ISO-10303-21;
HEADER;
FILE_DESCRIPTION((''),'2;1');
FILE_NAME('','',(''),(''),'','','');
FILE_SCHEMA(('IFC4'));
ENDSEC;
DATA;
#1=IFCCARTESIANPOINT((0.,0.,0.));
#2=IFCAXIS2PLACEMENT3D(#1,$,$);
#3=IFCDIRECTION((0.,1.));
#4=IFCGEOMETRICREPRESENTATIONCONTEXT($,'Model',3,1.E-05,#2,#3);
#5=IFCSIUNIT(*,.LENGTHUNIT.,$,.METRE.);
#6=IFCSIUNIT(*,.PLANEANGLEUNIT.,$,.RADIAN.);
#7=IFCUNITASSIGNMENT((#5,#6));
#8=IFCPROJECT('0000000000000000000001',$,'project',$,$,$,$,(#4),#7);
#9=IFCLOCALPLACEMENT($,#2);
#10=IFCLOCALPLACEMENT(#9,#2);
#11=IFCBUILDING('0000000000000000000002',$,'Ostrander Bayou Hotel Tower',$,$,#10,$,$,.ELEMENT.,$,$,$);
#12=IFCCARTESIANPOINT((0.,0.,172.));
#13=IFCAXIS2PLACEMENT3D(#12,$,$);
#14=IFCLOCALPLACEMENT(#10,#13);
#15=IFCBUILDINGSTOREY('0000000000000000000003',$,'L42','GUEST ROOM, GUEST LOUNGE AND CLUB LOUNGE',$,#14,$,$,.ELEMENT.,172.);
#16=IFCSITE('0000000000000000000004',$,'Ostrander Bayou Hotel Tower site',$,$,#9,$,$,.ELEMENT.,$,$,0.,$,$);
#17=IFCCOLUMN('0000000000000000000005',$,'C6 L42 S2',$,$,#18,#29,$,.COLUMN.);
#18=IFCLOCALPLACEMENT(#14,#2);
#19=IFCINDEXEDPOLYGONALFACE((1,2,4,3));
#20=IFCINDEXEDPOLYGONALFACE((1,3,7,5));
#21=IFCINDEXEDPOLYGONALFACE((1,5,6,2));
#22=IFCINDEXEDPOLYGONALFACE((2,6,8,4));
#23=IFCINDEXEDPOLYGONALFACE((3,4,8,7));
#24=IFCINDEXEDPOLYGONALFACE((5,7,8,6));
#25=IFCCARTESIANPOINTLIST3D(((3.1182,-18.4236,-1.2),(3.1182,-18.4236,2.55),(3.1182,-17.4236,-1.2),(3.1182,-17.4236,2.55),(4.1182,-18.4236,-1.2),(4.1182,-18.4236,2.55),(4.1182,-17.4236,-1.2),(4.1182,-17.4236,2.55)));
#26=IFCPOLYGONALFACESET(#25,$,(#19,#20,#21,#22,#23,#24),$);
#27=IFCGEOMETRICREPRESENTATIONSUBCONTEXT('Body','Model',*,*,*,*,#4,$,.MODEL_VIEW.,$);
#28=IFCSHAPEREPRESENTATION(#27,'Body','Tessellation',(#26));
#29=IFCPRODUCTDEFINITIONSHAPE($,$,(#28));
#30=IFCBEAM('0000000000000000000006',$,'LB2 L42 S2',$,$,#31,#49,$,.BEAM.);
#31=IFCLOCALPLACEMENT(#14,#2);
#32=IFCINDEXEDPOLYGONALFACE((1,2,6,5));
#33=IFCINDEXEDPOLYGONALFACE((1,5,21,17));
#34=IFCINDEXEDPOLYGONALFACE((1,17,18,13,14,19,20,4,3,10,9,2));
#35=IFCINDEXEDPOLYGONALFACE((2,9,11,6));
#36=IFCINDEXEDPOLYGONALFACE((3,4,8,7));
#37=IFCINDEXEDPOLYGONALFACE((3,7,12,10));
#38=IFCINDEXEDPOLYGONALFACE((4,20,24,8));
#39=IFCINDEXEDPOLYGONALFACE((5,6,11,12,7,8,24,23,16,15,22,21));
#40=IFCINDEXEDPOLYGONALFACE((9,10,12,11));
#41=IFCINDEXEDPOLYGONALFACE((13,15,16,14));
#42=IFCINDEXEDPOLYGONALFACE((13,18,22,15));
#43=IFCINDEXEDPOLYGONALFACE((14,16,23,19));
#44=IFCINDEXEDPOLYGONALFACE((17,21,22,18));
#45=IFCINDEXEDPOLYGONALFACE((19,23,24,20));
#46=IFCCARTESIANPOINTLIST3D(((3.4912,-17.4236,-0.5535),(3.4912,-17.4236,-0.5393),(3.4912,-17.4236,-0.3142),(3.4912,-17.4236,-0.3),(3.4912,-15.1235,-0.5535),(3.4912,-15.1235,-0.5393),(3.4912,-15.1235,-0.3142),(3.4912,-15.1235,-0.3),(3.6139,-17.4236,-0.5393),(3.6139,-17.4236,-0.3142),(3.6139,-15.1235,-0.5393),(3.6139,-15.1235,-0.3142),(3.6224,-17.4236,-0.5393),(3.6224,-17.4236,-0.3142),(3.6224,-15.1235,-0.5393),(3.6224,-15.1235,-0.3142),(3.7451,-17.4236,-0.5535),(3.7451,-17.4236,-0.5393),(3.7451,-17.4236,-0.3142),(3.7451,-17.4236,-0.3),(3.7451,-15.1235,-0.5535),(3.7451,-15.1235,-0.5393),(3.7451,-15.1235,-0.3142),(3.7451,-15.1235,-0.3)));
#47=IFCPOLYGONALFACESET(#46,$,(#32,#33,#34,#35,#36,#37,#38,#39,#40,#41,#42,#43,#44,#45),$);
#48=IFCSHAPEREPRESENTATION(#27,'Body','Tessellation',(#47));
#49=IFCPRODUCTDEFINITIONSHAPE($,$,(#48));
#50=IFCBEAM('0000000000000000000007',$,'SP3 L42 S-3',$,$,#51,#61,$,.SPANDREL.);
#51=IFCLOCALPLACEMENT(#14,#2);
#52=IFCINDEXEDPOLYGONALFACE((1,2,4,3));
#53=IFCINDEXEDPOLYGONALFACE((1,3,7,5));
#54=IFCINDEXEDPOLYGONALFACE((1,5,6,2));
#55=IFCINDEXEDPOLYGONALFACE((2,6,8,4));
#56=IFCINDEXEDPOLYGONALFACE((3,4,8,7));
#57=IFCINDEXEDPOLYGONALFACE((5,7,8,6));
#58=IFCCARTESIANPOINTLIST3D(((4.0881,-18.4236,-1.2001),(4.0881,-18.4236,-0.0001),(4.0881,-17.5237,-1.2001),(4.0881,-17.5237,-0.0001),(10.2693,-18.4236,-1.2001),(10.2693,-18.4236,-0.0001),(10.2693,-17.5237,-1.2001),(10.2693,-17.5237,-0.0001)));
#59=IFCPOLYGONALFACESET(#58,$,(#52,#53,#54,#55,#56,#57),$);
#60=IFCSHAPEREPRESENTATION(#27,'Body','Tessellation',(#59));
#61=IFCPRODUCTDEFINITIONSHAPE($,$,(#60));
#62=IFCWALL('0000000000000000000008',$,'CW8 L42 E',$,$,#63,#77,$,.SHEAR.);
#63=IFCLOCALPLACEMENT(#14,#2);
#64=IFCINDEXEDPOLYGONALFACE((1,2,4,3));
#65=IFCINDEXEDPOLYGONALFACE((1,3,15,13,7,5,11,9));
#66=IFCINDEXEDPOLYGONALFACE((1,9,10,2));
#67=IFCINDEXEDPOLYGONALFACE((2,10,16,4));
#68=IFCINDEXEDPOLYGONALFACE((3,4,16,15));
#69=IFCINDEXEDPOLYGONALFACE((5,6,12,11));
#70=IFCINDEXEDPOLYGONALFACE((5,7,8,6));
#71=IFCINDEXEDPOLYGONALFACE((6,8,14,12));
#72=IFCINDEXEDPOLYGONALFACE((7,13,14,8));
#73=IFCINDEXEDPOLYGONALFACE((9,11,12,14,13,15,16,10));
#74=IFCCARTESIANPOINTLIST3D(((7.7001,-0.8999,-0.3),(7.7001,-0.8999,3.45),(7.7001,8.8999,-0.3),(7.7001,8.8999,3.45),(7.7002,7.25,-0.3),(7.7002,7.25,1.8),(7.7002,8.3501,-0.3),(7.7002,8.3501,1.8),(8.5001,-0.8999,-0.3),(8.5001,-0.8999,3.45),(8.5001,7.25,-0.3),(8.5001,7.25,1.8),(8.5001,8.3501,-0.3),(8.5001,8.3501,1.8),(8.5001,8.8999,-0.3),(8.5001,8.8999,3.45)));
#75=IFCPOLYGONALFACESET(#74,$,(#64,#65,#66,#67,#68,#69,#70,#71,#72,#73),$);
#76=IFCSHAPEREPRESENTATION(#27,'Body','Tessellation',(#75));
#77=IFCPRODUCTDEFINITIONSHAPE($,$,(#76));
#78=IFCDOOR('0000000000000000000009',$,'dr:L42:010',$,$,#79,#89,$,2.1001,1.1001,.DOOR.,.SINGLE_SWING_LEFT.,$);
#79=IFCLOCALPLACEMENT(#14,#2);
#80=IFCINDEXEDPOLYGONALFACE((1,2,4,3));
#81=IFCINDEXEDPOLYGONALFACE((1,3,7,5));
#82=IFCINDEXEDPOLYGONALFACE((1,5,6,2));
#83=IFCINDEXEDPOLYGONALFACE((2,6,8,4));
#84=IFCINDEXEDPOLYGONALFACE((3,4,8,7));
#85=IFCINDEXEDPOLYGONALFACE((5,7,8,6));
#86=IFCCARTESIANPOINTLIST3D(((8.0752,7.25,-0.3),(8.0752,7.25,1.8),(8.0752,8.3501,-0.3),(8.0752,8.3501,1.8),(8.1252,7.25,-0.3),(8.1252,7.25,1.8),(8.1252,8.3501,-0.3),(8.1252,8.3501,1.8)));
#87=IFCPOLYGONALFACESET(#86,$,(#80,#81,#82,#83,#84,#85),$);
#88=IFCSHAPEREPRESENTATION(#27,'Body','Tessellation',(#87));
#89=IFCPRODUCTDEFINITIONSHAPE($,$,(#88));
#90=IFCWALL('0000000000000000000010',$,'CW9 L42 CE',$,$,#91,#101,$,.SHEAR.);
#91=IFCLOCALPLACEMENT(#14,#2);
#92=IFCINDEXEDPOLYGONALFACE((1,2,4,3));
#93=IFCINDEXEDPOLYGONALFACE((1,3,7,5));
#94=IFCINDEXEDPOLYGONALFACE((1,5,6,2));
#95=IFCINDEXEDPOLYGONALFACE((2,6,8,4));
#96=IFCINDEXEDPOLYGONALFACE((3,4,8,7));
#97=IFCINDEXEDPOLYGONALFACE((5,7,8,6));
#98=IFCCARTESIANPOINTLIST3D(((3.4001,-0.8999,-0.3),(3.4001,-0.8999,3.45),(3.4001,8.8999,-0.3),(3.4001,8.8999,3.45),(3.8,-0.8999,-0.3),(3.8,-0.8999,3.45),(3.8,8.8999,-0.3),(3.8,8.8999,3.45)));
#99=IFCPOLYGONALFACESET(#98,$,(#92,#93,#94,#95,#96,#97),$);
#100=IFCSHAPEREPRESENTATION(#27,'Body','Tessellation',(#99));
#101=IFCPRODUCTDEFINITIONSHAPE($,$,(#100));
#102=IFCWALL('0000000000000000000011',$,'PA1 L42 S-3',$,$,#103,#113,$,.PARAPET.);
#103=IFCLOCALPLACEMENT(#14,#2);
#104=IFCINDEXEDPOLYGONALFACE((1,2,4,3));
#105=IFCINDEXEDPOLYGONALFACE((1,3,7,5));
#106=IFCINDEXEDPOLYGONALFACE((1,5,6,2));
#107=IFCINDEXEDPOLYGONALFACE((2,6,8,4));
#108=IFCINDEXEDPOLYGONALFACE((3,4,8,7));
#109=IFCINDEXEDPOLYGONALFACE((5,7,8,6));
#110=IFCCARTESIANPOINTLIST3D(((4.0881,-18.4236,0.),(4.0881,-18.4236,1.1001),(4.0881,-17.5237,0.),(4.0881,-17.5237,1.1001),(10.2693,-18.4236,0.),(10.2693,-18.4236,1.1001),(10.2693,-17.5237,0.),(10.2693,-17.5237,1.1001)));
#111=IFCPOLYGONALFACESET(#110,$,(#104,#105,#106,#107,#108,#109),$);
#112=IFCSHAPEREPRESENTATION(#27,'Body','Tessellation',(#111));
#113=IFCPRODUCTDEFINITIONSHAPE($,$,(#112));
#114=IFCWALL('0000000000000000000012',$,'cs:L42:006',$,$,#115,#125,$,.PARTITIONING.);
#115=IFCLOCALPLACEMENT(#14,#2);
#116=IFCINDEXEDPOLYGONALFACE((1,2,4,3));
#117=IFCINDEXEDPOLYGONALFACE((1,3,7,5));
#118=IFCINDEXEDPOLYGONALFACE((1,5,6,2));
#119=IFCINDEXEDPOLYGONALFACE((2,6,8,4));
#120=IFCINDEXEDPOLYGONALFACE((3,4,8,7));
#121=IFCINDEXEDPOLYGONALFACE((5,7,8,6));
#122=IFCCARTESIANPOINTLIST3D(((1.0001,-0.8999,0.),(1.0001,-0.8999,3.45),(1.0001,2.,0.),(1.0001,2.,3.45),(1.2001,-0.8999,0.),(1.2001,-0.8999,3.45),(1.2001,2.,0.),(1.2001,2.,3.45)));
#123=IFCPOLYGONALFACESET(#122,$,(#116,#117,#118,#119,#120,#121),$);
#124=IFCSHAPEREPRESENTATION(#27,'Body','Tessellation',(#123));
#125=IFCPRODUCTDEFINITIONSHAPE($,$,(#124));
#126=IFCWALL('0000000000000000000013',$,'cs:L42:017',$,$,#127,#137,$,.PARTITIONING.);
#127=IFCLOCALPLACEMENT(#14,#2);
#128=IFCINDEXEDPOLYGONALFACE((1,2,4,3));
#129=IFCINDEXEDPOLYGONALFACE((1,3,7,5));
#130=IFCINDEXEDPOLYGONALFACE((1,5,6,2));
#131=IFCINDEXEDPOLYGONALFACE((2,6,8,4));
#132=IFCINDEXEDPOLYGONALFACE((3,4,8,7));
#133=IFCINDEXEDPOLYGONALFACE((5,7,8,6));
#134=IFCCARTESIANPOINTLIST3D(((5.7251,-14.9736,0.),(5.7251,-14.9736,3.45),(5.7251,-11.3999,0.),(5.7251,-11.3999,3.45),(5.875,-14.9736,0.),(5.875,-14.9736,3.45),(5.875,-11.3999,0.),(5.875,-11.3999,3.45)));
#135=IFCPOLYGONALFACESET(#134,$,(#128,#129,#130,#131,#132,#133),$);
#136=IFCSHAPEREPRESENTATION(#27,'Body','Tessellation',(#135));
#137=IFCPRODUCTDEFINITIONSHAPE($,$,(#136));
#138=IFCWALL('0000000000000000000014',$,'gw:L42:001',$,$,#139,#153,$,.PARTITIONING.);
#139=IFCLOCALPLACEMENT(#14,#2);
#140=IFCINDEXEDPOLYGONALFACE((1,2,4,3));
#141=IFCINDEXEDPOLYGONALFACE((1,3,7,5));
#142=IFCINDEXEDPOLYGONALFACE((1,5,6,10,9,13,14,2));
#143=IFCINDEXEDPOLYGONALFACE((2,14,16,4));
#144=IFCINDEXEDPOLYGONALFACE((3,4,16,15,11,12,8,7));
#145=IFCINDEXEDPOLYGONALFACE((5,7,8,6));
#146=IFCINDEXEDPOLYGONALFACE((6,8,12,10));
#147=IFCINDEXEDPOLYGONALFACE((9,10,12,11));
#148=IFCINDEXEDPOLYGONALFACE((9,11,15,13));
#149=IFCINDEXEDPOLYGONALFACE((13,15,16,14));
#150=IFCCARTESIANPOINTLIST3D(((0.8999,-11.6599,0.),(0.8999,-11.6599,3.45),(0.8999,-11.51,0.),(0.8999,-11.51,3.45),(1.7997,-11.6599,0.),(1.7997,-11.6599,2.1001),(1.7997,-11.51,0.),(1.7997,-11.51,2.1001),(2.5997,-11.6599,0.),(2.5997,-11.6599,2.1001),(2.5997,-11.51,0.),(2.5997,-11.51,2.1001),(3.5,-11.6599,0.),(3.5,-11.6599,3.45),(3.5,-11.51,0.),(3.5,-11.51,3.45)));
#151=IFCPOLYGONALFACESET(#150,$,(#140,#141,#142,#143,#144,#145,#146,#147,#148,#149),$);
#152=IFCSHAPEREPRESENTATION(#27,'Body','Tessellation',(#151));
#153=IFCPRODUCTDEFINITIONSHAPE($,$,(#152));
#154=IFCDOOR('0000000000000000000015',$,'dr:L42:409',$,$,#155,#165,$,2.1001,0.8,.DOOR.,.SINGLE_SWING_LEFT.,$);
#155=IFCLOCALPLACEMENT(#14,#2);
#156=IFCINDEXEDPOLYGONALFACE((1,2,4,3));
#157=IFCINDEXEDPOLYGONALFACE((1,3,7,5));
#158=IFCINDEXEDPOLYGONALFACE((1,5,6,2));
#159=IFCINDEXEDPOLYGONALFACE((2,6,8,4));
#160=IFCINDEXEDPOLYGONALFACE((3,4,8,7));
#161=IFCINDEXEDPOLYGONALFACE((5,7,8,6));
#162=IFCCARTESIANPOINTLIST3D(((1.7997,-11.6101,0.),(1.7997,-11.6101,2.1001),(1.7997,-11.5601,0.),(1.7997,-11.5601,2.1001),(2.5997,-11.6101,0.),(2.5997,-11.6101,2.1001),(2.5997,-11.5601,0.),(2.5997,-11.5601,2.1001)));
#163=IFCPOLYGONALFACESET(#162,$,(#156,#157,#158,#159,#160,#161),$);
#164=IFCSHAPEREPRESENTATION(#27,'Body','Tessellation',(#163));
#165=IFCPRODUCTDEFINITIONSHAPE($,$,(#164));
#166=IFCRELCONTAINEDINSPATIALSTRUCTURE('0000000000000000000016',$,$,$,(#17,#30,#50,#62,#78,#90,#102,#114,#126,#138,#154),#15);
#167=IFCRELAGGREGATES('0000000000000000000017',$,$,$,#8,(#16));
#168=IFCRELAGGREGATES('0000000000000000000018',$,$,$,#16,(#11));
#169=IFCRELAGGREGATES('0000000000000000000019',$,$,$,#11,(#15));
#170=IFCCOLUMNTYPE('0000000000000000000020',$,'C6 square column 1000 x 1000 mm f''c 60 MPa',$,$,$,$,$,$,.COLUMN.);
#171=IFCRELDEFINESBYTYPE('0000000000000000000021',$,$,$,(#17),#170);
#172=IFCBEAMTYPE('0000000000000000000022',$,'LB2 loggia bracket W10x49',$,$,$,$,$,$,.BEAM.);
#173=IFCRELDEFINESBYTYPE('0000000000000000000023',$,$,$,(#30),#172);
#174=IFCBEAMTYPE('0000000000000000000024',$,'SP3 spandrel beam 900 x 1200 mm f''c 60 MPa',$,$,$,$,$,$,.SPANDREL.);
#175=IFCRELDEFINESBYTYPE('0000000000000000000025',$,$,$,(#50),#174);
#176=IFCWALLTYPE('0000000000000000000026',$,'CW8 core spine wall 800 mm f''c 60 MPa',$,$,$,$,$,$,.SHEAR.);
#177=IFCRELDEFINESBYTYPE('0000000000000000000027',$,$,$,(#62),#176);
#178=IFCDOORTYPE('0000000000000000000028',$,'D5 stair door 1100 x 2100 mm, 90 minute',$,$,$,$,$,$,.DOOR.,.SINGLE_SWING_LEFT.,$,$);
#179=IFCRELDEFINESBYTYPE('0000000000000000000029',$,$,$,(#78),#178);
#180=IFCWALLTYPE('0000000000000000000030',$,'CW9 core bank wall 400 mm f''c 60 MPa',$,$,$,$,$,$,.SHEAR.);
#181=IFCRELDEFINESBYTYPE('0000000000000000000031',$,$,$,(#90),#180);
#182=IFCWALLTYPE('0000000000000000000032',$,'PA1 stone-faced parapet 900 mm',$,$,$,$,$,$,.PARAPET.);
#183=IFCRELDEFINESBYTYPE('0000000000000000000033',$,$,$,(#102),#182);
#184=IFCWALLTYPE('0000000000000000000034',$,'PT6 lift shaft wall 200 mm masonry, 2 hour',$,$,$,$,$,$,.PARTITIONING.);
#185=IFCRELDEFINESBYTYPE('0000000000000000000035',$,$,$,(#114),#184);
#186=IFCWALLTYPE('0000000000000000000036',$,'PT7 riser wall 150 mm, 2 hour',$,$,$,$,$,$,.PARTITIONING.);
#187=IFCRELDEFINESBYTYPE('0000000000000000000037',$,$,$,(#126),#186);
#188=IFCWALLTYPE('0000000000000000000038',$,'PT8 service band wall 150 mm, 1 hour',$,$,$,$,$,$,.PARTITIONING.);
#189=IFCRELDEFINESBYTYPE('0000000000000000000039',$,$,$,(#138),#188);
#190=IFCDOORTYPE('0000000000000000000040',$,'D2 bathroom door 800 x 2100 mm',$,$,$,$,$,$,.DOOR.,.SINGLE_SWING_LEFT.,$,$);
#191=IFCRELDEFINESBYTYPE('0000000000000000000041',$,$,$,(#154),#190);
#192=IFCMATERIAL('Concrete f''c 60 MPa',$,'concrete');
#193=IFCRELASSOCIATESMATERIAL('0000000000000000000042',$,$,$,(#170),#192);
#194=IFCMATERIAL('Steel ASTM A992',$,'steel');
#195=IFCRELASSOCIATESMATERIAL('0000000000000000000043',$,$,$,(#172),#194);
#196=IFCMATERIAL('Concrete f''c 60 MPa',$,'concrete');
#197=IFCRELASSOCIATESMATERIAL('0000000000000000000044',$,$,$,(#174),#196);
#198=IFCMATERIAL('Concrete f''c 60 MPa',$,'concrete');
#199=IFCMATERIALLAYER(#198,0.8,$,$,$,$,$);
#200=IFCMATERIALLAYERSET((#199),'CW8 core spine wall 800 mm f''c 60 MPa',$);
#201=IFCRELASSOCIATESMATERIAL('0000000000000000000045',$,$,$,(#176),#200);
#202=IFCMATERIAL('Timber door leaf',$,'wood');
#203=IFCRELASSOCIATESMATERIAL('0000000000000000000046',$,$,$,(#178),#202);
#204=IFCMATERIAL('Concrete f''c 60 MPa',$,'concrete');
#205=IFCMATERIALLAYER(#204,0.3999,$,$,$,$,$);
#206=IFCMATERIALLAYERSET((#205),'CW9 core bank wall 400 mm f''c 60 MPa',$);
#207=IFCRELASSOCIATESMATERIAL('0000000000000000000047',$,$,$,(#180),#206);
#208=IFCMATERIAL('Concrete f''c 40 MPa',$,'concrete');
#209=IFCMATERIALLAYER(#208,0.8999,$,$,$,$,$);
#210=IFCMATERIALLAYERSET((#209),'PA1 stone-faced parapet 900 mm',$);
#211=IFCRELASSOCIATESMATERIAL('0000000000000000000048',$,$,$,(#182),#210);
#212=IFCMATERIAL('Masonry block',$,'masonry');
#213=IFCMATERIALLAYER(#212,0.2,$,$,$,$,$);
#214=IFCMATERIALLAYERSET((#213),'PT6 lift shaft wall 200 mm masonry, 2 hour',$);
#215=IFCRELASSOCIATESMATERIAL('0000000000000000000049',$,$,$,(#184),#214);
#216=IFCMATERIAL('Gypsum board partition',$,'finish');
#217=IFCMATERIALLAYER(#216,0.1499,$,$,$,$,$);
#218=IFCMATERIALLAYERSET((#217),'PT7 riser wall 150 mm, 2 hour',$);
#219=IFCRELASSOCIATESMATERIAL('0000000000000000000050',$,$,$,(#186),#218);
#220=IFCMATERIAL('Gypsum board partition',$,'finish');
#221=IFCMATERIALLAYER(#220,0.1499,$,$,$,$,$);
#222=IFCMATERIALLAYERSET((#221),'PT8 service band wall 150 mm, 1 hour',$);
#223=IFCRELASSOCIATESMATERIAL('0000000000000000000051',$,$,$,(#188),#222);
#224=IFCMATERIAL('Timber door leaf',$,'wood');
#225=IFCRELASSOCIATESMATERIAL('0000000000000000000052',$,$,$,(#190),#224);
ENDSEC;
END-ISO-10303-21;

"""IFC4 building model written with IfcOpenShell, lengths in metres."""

from ifc_helpers import new_model, si_unit, direction, frame, frame_2d, origin, origin_2d, place, context, subcontext, project, spatial, rectangle, i_section, extrude, material, layer, layer_set, material_profile, profile_set, type_object, element, fill, save


model = new_model("IFC4")

# Units and contexts
model_context = context("Model", 3, precision=1e-05, world=origin(), true_north=direction((0.0, 1.0)))
body_context = subcontext(model_context, "Body", "Model", "MODEL_VIEW")
ifc_project = project(units=[si_unit("LENGTHUNIT", "METRE"), si_unit("PLANEANGLEUNIT", "RADIAN")], contexts=[model_context])

# Site, building, storey
site_placement = place(None, origin())
site = spatial("IfcSite", under=ifc_project, at=site_placement, Name="Ostrander Bayou Hotel Tower site", CompositionType="ELEMENT", RefElevation=0.0)
building_placement = place(site_placement, origin())
building = spatial("IfcBuilding", under=site, at=building_placement, Name="Ostrander Bayou Hotel Tower", CompositionType="ELEMENT")
storey_placement = place(building_placement, frame((0.0, 0.0, 172.0)))
storey = spatial("IfcBuildingStorey", under=building, at=storey_placement, Name="L42", Description="GUEST ROOM, GUEST LOUNGE AND CLUB LOUNGE", CompositionType="ELEMENT", Elevation=172.0)

# Column
ifc_material_1 = material(Name="Concrete f'c 60 MPa", Category="concrete")
ifc_material_profile_1 = material_profile(ifc_material_1, rectangle(XDim=1.0, YDim=1.0, at=origin_2d()))
ifc_profile_set_1 = profile_set([ifc_material_profile_1], Name="Concrete f'c 60 MPa")
column_type = type_object("IfcColumnType", Name="C6 square column 1000 x 1000 mm f'c 60 MPa", PredefinedType="COLUMN", material=ifc_profile_set_1)
column_placement = place(storey_placement, frame((3.6182, -17.9236, -1.2), z_axis=(0.0, 0.0, 1.0), x_axis=(-1.0, 0.0, 0.0)))
element("IfcColumn", 1, at=column_placement, inside=storey, type_object=column_type, Name="C6 L42 S2", PredefinedType="COLUMN", context=body_context, shape_type="SweptSolid", body=[
    extrude(rectangle(XDim=1.0, YDim=1.0, at=origin_2d()), origin(), (0.0, 0.0, 1.0), 3.75),
])

# Beams
ifc_material_2 = material(Name="Steel ASTM A992", Category="steel")
ifc_material_profile_2 = material_profile(ifc_material_2, i_section(OverallWidth=0.2539, OverallDepth=0.2534, WebThickness=0.0085, FlangeThickness=0.0142, at=origin_2d()))
ifc_profile_set_2 = profile_set([ifc_material_profile_2], Name="Steel ASTM A992")
beam_type_1 = type_object("IfcBeamType", Name="LB2 loggia bracket W10x49", PredefinedType="BEAM", material=ifc_profile_set_2)
beam_1_placement = place(storey_placement, frame((3.6182, -17.4236, -0.4268), z_axis=(0.0, 1.0, 0.0), x_axis=(-1.0, 0.0, 0.0)))
element("IfcBeam", 2, at=beam_1_placement, inside=storey, type_object=beam_type_1, Name="LB2 L42 S2", PredefinedType="BEAM", context=body_context, shape_type="SweptSolid", body=[
    extrude(i_section(OverallWidth=0.2539, OverallDepth=0.2534, WebThickness=0.0085, FlangeThickness=0.0142, at=origin_2d()), origin(), (0.0, 0.0, 1.0), 2.3),
])
ifc_material_3 = material(Name="Concrete f'c 60 MPa", Category="concrete")
ifc_material_profile_3 = material_profile(ifc_material_3, rectangle(XDim=0.8999, YDim=1.2, at=origin_2d()))
ifc_profile_set_3 = profile_set([ifc_material_profile_3], Name="Concrete f'c 60 MPa")
beam_type_2 = type_object("IfcBeamType", Name="SP3 spandrel beam 900 x 1200 mm f'c 60 MPa", PredefinedType="SPANDREL", material=ifc_profile_set_3)
beam_2_placement = place(storey_placement, frame((4.0881, -17.9736, -0.6001), z_axis=(1.0, 0.0, 0.0), x_axis=(0.0, 1.0, 0.0)))
element("IfcBeam", 3, at=beam_2_placement, inside=storey, type_object=beam_type_2, Name="SP3 L42 S-3", PredefinedType="SPANDREL", context=body_context, shape_type="SweptSolid", body=[
    extrude(rectangle(XDim=0.8999, YDim=1.2, at=origin_2d()), origin(), (0.0, 0.0, 1.0), 6.1812),
])

# Wall, opening, door
ifc_material_4 = material(Name="Concrete f'c 60 MPa", Category="concrete")
ifc_layer_1 = layer(ifc_material_4, 0.8)
ifc_layer_set_1 = layer_set([ifc_layer_1], Name="CW8 core spine wall 800 mm f'c 60 MPa")
wall_type_1 = type_object("IfcWallType", Name="CW8 core spine wall 800 mm f'c 60 MPa", PredefinedType="SHEAR", material=ifc_layer_set_1)
wall_1_placement = place(storey_placement, frame((8.1001, -0.8999, -0.3), z_axis=(0.0, 0.0, 1.0), x_axis=(0.0, 1.0, 0.0)))
wall_1 = element("IfcWall", 4, at=wall_1_placement, inside=storey, type_object=wall_type_1, Name="CW8 L42 E", PredefinedType="SHEAR", context=body_context, shape_type="SweptSolid", body=[
    extrude(rectangle(XDim=9.7998, YDim=0.8, at=frame_2d((4.8999, 0.0))), origin(), (0.0, 0.0, 1.0), 3.75),
])
opening_1_placement = place(wall_1_placement, frame((8.1499, 0.0, 0.0)))
opening_1 = element("IfcOpeningElement", 5, at=opening_1_placement, cuts=wall_1, PredefinedType="OPENING", context=body_context, shape_type="SweptSolid", body=[
    extrude(rectangle(XDim=1.1001, YDim=2.1001, at=frame_2d((0.55, 1.05))), frame((0.0, 0.3999, 0.0), z_axis=(0.0, -1.0, 0.0), x_axis=(1.0, 0.0, 0.0)), (0.0, 0.0, 1.0), 0.8),
])
ifc_material_5 = material(Name="Timber door leaf", Category="wood")
door_type_1 = type_object("IfcDoorType", Name="D5 stair door 1100 x 2100 mm, 90 minute", OperationType="SINGLE_SWING_LEFT", PredefinedType="DOOR", material=ifc_material_5)
door_1_placement = place(opening_1_placement, origin())
door_1 = element("IfcDoor", 6, at=door_1_placement, inside=storey, type_object=door_type_1, Name="dr:L42:010", OperationType="SINGLE_SWING_LEFT", OverallHeight=2.1001, OverallWidth=1.1001, PredefinedType="DOOR", context=body_context, shape_type="SweptSolid", body=[
    extrude(rectangle(XDim=1.1001, YDim=2.1001, at=frame_2d((0.55, 1.05))), frame((0.0, 0.0249, 0.0), z_axis=(0.0, -1.0, 0.0), x_axis=(1.0, 0.0, 0.0)), (0.0, 0.0, 1.0), 0.05),
])
fill(opening_1, door_1)

# Walls
ifc_material_6 = material(Name="Concrete f'c 60 MPa", Category="concrete")
ifc_layer_2 = layer(ifc_material_6, 0.3999)
ifc_layer_set_2 = layer_set([ifc_layer_2], Name="CW9 core bank wall 400 mm f'c 60 MPa")
wall_type_2 = type_object("IfcWallType", Name="CW9 core bank wall 400 mm f'c 60 MPa", PredefinedType="SHEAR", material=ifc_layer_set_2)
wall_2_placement = place(storey_placement, frame((3.6001, -0.8999, -0.3), z_axis=(0.0, 0.0, 1.0), x_axis=(0.0, 1.0, 0.0)))
element("IfcWall", 7, at=wall_2_placement, inside=storey, type_object=wall_type_2, Name="CW9 L42 CE", PredefinedType="SHEAR", context=body_context, shape_type="SweptSolid", body=[
    extrude(rectangle(XDim=9.7998, YDim=0.3999, at=frame_2d((4.8999, 0.0))), origin(), (0.0, 0.0, 1.0), 3.75),
])
ifc_material_7 = material(Name="Concrete f'c 40 MPa", Category="concrete")
ifc_layer_3 = layer(ifc_material_7, 0.8999)
ifc_layer_set_3 = layer_set([ifc_layer_3], Name="PA1 stone-faced parapet 900 mm")
wall_type_3 = type_object("IfcWallType", Name="PA1 stone-faced parapet 900 mm", PredefinedType="PARAPET", material=ifc_layer_set_3)
wall_3_placement = place(storey_placement, frame((4.0881, -17.9736, 0.0), z_axis=(0.0, 0.0, 1.0), x_axis=(1.0, 0.0, 0.0)))
element("IfcWall", 8, at=wall_3_placement, inside=storey, type_object=wall_type_3, Name="PA1 L42 S-3", PredefinedType="PARAPET", context=body_context, shape_type="SweptSolid", body=[
    extrude(rectangle(XDim=6.1812, YDim=0.8999, at=frame_2d((3.0906, 0.0))), origin(), (0.0, 0.0, 1.0), 1.1001),
])
ifc_material_8 = material(Name="Masonry block", Category="masonry")
ifc_layer_4 = layer(ifc_material_8, 0.2)
ifc_layer_set_4 = layer_set([ifc_layer_4], Name="PT6 lift shaft wall 200 mm masonry, 2 hour")
wall_type_4 = type_object("IfcWallType", Name="PT6 lift shaft wall 200 mm masonry, 2 hour", PredefinedType="PARTITIONING", material=ifc_layer_set_4)
wall_4_placement = place(storey_placement, frame((1.1001, -0.8999, 0.0), z_axis=(0.0, 0.0, 1.0), x_axis=(0.0, 1.0, 0.0)))
element("IfcWall", 9, at=wall_4_placement, inside=storey, type_object=wall_type_4, Name="cs:L42:006", PredefinedType="PARTITIONING", context=body_context, shape_type="SweptSolid", body=[
    extrude(rectangle(XDim=2.8999, YDim=0.2, at=frame_2d((1.45, 0.0))), origin(), (0.0, 0.0, 1.0), 3.45),
])
ifc_material_9 = material(Name="Gypsum board partition", Category="finish")
ifc_layer_5 = layer(ifc_material_9, 0.1499)
ifc_layer_set_5 = layer_set([ifc_layer_5], Name="PT7 riser wall 150 mm, 2 hour")
wall_type_5 = type_object("IfcWallType", Name="PT7 riser wall 150 mm, 2 hour", PredefinedType="PARTITIONING", material=ifc_layer_set_5)
wall_5_placement = place(storey_placement, frame((5.8, -11.3999, 0.0), z_axis=(0.0, 0.0, 1.0), x_axis=(0.0, -1.0, 0.0)))
element("IfcWall", 10, at=wall_5_placement, inside=storey, type_object=wall_type_5, Name="cs:L42:017", PredefinedType="PARTITIONING", context=body_context, shape_type="SweptSolid", body=[
    extrude(rectangle(XDim=3.5737, YDim=0.1499, at=frame_2d((1.7869, 0.0))), origin(), (0.0, 0.0, 1.0), 3.45),
])

# Wall, opening, door
ifc_material_10 = material(Name="Gypsum board partition", Category="finish")
ifc_layer_6 = layer(ifc_material_10, 0.1499)
ifc_layer_set_6 = layer_set([ifc_layer_6], Name="PT8 service band wall 150 mm, 1 hour")
wall_type_6 = type_object("IfcWallType", Name="PT8 service band wall 150 mm, 1 hour", PredefinedType="PARTITIONING", material=ifc_layer_set_6)
wall_6_placement = place(storey_placement, frame((0.8999, -11.585, 0.0), z_axis=(0.0, 0.0, 1.0), x_axis=(1.0, 0.0, 0.0)))
wall_6 = element("IfcWall", 11, at=wall_6_placement, inside=storey, type_object=wall_type_6, Name="gw:L42:001", PredefinedType="PARTITIONING", context=body_context, shape_type="SweptSolid", body=[
    extrude(rectangle(XDim=2.6001, YDim=0.1499, at=frame_2d((1.3, 0.0))), origin(), (0.0, 0.0, 1.0), 3.45),
])
opening_2_placement = place(wall_6_placement, frame((0.8999, 0.0, 0.0)))
opening_2 = element("IfcOpeningElement", 12, at=opening_2_placement, cuts=wall_6, PredefinedType="OPENING", context=body_context, shape_type="SweptSolid", body=[
    extrude(rectangle(XDim=0.8, YDim=2.1001, at=frame_2d((0.3999, 1.05))), frame((0.0, 0.075, 0.0), z_axis=(0.0, -1.0, 0.0), x_axis=(1.0, 0.0, 0.0)), (0.0, 0.0, 1.0), 0.1499),
])
ifc_material_11 = material(Name="Timber door leaf", Category="wood")
door_type_2 = type_object("IfcDoorType", Name="D2 bathroom door 800 x 2100 mm", OperationType="SINGLE_SWING_LEFT", PredefinedType="DOOR", material=ifc_material_11)
door_2_placement = place(opening_2_placement, origin())
door_2 = element("IfcDoor", 13, at=door_2_placement, inside=storey, type_object=door_type_2, Name="dr:L42:409", OperationType="SINGLE_SWING_LEFT", OverallHeight=2.1001, OverallWidth=0.8, PredefinedType="DOOR", context=body_context, shape_type="SweptSolid", body=[
    extrude(rectangle(XDim=0.8, YDim=2.1001, at=frame_2d((0.3999, 1.05))), frame((0.0, 0.0249, 0.0), z_axis=(0.0, -1.0, 0.0), x_axis=(1.0, 0.0, 0.0)), (0.0, 0.0, 1.0), 0.05),
])
fill(opening_2, door_2)

save(model, "model.ifc")
